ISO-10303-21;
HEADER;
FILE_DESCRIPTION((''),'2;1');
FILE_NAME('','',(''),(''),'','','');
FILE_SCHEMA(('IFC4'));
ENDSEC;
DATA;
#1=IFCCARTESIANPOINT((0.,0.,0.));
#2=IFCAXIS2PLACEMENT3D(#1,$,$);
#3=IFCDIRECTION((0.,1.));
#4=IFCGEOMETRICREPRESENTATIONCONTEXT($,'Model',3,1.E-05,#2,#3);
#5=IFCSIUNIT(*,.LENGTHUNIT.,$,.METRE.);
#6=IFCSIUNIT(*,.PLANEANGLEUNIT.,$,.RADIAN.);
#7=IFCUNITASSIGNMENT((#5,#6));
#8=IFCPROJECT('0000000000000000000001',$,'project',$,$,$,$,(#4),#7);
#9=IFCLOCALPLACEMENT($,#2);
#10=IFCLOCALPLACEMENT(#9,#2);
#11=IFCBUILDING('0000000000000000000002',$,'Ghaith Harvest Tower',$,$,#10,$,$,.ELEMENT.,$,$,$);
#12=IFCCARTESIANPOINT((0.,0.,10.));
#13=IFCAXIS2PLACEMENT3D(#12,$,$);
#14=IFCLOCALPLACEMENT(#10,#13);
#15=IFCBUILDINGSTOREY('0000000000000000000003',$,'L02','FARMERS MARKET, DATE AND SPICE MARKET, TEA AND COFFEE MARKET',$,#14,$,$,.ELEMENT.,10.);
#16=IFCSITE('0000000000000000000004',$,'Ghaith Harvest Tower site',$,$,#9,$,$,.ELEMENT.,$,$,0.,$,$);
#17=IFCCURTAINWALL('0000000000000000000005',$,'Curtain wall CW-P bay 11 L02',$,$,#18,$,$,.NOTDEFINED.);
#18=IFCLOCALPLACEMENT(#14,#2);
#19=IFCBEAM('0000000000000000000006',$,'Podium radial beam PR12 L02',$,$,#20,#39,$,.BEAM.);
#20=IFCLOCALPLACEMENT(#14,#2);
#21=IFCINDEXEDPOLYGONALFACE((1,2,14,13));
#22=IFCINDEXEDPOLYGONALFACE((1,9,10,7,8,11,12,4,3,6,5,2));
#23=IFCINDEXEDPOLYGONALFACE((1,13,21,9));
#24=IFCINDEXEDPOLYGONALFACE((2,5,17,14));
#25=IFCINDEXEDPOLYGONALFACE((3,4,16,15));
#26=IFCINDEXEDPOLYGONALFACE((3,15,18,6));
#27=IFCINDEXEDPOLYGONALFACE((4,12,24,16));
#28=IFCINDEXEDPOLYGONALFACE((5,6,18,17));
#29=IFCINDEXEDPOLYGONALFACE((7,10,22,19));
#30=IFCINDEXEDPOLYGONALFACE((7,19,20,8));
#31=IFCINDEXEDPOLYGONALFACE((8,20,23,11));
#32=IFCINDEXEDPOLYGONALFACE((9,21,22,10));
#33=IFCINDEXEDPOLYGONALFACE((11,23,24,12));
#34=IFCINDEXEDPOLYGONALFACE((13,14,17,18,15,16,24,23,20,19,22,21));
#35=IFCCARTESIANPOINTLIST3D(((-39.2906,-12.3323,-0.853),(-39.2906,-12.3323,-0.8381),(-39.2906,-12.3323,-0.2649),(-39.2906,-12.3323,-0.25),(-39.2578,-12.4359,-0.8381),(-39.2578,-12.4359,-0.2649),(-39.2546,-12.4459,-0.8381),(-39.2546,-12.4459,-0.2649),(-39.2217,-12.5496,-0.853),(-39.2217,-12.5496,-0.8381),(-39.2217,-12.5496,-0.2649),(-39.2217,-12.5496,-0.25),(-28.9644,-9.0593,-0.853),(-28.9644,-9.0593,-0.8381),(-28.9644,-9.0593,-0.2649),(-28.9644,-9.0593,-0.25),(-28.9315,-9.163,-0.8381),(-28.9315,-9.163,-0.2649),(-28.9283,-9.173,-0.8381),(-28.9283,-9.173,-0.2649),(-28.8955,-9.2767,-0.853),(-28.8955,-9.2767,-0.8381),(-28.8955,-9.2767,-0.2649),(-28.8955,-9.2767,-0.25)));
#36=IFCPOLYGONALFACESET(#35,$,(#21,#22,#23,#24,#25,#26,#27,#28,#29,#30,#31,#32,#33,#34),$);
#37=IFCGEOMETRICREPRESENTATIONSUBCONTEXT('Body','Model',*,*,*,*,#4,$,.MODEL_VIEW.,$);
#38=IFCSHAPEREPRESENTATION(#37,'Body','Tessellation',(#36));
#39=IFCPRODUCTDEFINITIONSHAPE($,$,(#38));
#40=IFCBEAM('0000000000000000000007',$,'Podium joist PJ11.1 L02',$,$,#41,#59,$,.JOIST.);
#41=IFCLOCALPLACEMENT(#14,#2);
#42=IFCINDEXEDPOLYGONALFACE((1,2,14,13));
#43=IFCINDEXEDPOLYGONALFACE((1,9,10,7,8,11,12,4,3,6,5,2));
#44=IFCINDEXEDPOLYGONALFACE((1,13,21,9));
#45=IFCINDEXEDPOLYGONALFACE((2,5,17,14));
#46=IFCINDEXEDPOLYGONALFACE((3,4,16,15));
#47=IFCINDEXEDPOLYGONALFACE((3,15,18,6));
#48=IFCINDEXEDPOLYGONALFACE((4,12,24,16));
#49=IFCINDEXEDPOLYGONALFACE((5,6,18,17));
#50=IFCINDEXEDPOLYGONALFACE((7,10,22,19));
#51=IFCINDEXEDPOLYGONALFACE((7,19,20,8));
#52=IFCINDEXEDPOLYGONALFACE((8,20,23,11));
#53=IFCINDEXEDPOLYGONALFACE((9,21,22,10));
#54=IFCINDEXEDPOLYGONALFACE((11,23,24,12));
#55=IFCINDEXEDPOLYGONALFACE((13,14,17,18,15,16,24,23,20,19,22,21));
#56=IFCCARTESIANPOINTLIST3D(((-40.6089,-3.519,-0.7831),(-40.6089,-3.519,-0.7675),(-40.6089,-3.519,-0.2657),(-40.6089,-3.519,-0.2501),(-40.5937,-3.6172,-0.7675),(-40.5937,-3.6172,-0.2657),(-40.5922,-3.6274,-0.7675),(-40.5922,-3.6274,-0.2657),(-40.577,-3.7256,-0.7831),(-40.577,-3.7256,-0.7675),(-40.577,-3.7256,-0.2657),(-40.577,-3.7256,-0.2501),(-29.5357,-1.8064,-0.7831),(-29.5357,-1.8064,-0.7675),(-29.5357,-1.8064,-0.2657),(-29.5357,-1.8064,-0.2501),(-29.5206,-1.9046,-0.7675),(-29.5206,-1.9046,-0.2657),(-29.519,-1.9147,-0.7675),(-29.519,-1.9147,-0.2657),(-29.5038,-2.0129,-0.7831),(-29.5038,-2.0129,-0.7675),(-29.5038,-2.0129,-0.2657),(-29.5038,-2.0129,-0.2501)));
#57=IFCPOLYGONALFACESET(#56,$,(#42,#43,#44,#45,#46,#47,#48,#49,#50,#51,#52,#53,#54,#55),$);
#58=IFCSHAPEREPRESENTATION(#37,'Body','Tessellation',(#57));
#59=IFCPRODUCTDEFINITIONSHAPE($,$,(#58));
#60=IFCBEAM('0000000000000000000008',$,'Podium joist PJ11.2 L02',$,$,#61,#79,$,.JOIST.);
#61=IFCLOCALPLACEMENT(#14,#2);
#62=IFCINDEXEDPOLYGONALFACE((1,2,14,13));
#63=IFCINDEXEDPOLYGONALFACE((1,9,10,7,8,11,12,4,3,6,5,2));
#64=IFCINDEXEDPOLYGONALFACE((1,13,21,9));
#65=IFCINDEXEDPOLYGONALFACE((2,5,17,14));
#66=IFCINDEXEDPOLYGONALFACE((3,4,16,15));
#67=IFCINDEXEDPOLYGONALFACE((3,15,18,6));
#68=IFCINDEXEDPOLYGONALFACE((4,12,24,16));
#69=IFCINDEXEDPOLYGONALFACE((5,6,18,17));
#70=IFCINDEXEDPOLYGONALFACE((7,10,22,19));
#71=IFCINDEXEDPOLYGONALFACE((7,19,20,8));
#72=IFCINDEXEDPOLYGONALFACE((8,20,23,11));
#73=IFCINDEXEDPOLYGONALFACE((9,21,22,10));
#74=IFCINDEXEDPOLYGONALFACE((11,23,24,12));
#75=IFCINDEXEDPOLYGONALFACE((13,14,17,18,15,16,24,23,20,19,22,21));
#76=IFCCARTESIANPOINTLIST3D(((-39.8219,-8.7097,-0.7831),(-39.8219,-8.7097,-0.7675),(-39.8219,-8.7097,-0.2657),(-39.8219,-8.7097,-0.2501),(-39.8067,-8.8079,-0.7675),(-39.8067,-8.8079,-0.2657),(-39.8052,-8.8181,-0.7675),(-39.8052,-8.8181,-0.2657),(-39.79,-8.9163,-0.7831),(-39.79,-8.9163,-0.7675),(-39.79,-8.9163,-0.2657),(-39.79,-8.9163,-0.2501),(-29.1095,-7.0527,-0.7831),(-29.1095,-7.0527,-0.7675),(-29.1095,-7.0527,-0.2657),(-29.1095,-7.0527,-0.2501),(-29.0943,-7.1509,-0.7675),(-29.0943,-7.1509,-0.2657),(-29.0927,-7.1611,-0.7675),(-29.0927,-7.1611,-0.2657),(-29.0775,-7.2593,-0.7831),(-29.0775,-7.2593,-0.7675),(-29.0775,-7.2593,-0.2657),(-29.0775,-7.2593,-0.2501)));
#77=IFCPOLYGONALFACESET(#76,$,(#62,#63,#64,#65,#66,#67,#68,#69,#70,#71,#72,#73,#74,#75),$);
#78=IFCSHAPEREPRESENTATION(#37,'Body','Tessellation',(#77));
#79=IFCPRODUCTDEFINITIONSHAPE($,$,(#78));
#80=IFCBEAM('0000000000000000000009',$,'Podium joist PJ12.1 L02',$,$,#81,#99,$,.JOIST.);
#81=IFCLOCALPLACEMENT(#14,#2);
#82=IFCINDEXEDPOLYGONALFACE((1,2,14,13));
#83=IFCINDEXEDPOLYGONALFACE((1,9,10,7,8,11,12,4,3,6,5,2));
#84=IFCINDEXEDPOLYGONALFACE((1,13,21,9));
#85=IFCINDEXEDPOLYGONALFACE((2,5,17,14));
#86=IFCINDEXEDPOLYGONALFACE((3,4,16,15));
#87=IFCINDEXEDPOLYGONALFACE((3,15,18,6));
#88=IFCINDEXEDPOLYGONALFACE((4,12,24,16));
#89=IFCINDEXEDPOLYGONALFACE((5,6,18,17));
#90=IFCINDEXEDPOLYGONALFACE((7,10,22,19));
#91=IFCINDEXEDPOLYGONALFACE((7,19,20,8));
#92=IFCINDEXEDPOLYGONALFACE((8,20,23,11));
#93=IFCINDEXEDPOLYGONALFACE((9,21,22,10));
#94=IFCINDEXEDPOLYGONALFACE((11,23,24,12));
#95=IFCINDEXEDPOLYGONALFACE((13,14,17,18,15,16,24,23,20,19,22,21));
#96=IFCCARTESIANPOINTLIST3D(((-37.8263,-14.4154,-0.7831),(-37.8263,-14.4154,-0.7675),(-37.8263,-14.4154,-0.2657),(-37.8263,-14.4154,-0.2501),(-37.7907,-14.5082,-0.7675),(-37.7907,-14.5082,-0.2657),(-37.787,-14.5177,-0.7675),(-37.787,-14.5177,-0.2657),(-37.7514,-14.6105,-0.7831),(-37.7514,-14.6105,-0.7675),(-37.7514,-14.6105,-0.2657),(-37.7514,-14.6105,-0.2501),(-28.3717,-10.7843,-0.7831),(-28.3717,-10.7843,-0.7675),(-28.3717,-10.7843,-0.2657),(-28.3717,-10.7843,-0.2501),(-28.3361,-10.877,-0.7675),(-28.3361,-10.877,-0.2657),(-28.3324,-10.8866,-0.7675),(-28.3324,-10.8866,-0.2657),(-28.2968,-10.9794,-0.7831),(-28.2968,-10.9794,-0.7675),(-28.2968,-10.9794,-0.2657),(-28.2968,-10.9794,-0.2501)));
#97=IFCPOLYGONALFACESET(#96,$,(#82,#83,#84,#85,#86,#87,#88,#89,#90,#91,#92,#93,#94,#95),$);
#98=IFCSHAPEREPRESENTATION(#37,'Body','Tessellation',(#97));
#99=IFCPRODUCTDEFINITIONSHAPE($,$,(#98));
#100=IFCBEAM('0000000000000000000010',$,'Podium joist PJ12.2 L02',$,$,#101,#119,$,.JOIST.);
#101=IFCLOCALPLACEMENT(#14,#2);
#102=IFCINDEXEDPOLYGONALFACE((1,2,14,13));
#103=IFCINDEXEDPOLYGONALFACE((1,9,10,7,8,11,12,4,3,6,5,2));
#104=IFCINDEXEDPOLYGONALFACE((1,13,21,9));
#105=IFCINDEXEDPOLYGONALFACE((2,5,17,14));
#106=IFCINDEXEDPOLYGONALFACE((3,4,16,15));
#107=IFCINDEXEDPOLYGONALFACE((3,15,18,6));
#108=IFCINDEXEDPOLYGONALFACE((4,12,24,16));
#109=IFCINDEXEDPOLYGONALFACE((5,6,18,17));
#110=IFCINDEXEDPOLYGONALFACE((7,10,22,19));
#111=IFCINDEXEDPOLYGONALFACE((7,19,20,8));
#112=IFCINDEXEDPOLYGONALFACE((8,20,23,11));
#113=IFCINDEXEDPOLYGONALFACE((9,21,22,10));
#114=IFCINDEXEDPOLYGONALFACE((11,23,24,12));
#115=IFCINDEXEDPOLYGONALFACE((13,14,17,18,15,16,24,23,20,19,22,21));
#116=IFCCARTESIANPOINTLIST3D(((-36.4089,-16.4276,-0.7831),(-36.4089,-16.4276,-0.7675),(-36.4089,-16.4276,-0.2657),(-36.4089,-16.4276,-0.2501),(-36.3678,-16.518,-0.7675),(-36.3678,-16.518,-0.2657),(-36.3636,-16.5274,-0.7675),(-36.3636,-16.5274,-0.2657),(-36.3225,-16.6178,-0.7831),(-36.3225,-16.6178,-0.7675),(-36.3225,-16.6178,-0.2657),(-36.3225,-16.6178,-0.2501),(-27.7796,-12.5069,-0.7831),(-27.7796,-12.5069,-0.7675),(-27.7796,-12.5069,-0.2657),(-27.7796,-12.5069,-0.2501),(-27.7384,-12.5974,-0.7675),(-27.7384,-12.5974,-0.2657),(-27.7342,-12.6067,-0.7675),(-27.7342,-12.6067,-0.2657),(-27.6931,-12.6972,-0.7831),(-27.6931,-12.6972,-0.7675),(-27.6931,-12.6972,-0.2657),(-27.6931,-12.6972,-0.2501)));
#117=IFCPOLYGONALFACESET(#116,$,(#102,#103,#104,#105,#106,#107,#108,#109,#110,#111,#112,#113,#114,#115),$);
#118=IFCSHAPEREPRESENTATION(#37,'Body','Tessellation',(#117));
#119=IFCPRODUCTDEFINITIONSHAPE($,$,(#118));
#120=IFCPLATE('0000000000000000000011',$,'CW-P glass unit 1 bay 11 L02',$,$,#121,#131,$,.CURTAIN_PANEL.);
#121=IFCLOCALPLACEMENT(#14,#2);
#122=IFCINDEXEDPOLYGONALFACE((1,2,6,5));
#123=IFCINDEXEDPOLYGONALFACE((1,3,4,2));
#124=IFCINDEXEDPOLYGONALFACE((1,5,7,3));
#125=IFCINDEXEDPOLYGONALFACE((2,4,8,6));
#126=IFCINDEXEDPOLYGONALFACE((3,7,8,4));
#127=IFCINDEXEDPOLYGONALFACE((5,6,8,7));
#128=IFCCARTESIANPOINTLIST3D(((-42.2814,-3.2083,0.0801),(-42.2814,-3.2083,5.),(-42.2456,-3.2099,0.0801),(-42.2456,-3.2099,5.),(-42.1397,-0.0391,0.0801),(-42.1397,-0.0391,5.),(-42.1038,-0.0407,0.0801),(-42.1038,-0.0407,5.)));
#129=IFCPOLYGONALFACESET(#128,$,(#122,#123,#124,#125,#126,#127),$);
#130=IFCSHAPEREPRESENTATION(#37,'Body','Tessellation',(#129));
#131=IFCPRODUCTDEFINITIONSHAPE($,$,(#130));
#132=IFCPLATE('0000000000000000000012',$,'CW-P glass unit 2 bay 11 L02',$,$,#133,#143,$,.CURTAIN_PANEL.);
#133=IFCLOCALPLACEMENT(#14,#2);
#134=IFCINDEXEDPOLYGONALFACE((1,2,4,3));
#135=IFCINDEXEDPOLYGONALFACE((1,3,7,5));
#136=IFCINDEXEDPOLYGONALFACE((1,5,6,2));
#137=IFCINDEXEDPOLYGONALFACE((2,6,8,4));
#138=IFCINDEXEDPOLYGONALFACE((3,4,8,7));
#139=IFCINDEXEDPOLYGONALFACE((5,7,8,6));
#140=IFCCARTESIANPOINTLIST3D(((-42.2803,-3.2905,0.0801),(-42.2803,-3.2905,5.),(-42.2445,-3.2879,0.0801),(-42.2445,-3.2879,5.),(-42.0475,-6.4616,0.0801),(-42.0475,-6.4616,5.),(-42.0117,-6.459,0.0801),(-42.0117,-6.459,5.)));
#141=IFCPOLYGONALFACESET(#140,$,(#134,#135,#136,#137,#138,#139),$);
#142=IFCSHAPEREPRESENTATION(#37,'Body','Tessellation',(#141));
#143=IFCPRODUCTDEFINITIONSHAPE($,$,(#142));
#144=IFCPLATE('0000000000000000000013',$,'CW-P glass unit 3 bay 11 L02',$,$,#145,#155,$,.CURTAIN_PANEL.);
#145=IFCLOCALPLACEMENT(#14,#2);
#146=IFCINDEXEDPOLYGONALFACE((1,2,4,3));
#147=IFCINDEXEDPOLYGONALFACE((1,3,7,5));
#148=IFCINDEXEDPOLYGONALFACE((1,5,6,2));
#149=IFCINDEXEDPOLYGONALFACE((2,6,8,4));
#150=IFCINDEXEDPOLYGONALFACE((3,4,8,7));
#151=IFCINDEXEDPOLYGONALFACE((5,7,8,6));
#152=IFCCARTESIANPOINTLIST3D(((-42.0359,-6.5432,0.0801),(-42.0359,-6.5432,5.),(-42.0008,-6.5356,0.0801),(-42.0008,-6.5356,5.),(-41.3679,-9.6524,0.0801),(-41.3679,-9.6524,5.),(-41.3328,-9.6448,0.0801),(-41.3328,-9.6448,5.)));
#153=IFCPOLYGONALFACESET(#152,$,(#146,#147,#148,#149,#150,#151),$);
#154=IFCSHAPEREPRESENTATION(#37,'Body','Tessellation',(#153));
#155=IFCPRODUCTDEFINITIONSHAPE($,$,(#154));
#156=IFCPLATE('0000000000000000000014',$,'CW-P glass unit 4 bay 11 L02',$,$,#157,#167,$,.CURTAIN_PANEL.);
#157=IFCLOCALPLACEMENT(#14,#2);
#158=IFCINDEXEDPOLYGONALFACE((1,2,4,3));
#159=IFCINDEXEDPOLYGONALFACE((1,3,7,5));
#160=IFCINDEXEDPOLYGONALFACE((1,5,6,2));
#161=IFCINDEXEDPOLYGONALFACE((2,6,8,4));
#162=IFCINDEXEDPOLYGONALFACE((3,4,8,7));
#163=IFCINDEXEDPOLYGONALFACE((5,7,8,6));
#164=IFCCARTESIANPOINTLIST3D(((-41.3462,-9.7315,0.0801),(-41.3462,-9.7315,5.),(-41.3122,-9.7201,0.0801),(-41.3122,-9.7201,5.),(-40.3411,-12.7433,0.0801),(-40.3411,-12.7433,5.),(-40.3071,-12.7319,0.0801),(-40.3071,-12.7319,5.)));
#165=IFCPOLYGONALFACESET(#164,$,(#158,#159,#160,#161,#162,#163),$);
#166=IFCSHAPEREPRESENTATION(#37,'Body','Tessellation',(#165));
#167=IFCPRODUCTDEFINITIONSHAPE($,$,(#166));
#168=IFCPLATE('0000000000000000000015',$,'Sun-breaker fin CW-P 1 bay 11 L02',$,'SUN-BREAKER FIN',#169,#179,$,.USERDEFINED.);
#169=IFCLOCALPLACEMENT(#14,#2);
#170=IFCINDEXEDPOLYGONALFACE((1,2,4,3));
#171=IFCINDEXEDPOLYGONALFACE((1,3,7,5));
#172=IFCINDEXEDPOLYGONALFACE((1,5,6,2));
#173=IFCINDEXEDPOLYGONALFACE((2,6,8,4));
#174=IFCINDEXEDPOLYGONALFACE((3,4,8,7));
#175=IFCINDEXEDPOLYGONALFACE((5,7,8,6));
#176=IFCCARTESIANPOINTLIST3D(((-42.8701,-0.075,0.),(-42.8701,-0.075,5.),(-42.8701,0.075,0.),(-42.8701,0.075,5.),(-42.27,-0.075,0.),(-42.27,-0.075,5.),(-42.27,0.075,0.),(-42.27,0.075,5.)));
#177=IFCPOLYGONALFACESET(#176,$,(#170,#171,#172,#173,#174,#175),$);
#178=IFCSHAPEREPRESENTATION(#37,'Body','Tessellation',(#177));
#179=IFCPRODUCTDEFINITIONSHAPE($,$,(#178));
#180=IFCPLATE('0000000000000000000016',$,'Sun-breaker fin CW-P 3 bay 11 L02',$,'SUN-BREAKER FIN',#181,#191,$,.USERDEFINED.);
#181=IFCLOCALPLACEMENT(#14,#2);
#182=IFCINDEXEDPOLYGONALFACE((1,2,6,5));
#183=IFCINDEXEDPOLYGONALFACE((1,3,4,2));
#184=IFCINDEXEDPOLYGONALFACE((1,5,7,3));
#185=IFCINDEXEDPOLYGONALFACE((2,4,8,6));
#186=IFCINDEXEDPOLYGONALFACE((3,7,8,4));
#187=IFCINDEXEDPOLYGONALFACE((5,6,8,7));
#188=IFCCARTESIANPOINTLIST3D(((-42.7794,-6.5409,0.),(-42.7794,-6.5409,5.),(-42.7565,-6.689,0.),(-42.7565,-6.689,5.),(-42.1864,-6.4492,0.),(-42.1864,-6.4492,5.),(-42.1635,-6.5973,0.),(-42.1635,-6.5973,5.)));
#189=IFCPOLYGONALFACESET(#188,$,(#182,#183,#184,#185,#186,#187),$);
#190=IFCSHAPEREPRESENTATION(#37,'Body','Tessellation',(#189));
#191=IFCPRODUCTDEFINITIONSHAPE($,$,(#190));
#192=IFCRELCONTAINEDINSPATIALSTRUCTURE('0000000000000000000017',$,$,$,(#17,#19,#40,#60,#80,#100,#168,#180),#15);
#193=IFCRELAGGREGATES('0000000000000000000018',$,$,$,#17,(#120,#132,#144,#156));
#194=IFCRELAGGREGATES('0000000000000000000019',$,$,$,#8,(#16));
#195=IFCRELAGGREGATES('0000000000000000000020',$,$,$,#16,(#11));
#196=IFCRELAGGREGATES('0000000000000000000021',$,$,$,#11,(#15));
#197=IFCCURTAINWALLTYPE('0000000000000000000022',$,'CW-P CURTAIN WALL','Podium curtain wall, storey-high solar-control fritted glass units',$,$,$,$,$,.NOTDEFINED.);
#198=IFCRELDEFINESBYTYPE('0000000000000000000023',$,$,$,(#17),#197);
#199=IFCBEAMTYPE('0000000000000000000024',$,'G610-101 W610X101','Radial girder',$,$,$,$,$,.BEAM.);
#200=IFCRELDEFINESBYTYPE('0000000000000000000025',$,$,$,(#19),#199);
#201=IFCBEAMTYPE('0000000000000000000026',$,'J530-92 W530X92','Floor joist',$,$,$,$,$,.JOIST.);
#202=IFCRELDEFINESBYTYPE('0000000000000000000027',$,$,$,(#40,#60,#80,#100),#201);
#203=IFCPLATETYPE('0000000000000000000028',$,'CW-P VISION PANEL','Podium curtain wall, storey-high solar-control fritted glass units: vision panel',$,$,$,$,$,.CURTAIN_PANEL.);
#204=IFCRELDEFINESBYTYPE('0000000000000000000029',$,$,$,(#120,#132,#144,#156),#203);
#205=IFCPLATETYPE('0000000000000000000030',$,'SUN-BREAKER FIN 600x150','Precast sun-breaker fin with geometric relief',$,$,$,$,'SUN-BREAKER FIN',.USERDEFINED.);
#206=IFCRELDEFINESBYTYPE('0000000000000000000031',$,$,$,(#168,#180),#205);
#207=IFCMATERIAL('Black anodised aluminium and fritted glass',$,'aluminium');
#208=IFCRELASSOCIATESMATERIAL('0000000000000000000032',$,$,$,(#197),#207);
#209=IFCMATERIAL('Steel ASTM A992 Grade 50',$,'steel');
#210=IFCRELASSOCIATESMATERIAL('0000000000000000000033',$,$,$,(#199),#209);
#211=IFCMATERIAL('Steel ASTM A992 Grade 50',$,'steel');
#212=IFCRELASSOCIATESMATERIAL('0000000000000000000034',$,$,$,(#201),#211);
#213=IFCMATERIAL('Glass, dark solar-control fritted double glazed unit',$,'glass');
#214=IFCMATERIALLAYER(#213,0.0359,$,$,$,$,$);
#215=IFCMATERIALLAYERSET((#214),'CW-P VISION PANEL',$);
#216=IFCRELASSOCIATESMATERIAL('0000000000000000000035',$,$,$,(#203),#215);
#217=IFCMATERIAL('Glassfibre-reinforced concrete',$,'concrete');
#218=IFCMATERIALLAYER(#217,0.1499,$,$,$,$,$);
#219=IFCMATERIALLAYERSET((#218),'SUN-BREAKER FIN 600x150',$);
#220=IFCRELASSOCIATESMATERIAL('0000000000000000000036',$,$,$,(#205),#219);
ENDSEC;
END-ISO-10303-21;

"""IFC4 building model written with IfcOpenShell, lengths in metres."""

from ifc_helpers import new_model, si_unit, direction, frame, origin, origin_2d, place, context, subcontext, project, spatial, rectangle, i_section, extrude, material, layer, layer_set, material_profile, profile_set, type_object, element, aggregate, save


model = new_model("IFC4")

# Units and contexts
model_context = context("Model", 3, precision=1e-05, world=origin(), true_north=direction((0.0, 1.0)))
body_context = subcontext(model_context, "Body", "Model", "MODEL_VIEW")
ifc_project = project(units=[si_unit("LENGTHUNIT", "METRE"), si_unit("PLANEANGLEUNIT", "RADIAN")], contexts=[model_context])

# Site, building, storey
site_placement = place(None, origin())
site = spatial("IfcSite", under=ifc_project, at=site_placement, Name="Ghaith Harvest Tower site", CompositionType="ELEMENT", RefElevation=0.0)
building_placement = place(site_placement, origin())
building = spatial("IfcBuilding", under=site, at=building_placement, Name="Ghaith Harvest Tower", CompositionType="ELEMENT")
storey_placement = place(building_placement, frame((0.0, 0.0, 10.0)))
storey = spatial("IfcBuildingStorey", under=building, at=storey_placement, Name="L02", Description="FARMERS MARKET, DATE AND SPICE MARKET, TEA AND COFFEE MARKET", CompositionType="ELEMENT", Elevation=10.0)

# Curtain wall
ifc_material_1 = material(Name="Black anodised aluminium and fritted glass", Category="aluminium")
curtain_wall_type = type_object("IfcCurtainWallType", Name="CW-P CURTAIN WALL", Description="Podium curtain wall, storey-high solar-control fritted glass units", PredefinedType="NOTDEFINED", material=ifc_material_1)
curtain_wall_1_placement = place(storey_placement, origin())
curtain_wall_1 = element("IfcCurtainWall", 1, at=curtain_wall_1_placement, inside=storey, type_object=curtain_wall_type, Name="Curtain wall CW-P bay 11 L02", PredefinedType="NOTDEFINED")

# Beams
ifc_material_2 = material(Name="Steel ASTM A992 Grade 50", Category="steel")
ifc_material_profile_1 = material_profile(ifc_material_2, i_section(OverallWidth=0.228, OverallDepth=0.603, WebThickness=0.0105, FlangeThickness=0.0149, at=origin_2d()), Name="W610X101")
ifc_profile_set_1 = profile_set([ifc_material_profile_1], Name="Steel ASTM A992 Grade 50")
beam_type_1 = type_object("IfcBeamType", Name="G610-101 W610X101", Description="Radial girder", PredefinedType="BEAM", material=ifc_profile_set_1)
beam_1_placement = place(storey_placement, frame((-28.9299, -9.168, -0.5515), z_axis=(-0.953263, -0.302143, 0.0), x_axis=(0.302143, -0.953263, 0.0)))
element("IfcBeam", 2, at=beam_1_placement, inside=storey, type_object=beam_type_1, Name="Podium radial beam PR12 L02", PredefinedType="BEAM", context=body_context, shape_type="SweptSolid", body=[
    extrude(i_section(OverallWidth=0.228, OverallDepth=0.603, WebThickness=0.0105, FlangeThickness=0.0149, at=origin_2d()), origin(), (0.0, 0.0, 1.0), 10.8325),
])
ifc_material_3 = material(Name="Steel ASTM A992 Grade 50", Category="steel")
ifc_material_profile_2 = material_profile(ifc_material_3, i_section(OverallWidth=0.209, OverallDepth=0.533, WebThickness=0.0103, FlangeThickness=0.0156, at=origin_2d()), Name="W530X92")
ifc_profile_set_2 = profile_set([ifc_material_profile_2], Name="Steel ASTM A992 Grade 50")
beam_type_2 = type_object("IfcBeamType", Name="J530-92 W530X92", Description="Floor joist", PredefinedType="JOIST", material=ifc_profile_set_2)
beam_2_placement = place(storey_placement, frame((-29.5198, -1.9097, -0.5166), z_axis=(-0.98825, -0.152848, 0.0), x_axis=(0.152848, -0.98825, 0.0)))
element("IfcBeam", 3, at=beam_2_placement, inside=storey, type_object=beam_type_2, Name="Podium joist PJ11.1 L02", PredefinedType="JOIST", context=body_context, shape_type="SweptSolid", body=[
    extrude(i_section(OverallWidth=0.209, OverallDepth=0.533, WebThickness=0.0103, FlangeThickness=0.0156, at=origin_2d()), origin(), (0.0, 0.0, 1.0), 11.2048),
])
beam_3_placement = place(storey_placement, frame((-29.0935, -7.156, -0.5166), z_axis=(-0.988248, -0.152861, 0.0), x_axis=(0.152861, -0.988248, 0.0)))
element("IfcBeam", 4, at=beam_3_placement, inside=storey, type_object=beam_type_2, Name="Podium joist PJ11.2 L02", PredefinedType="JOIST", context=body_context, shape_type="SweptSolid", body=[
    extrude(i_section(OverallWidth=0.209, OverallDepth=0.533, WebThickness=0.0103, FlangeThickness=0.0156, at=origin_2d()), origin(), (0.0, 0.0, 1.0), 10.8398),
])
beam_4_placement = place(storey_placement, frame((-28.3342, -10.8818, -0.5166), z_axis=(-0.93352, -0.358525, 0.0), x_axis=(0.358525, -0.93352, 0.0)))
element("IfcBeam", 5, at=beam_4_placement, inside=storey, type_object=beam_type_2, Name="Podium joist PJ12.1 L02", PredefinedType="JOIST", context=body_context, shape_type="SweptSolid", body=[
    extrude(i_section(OverallWidth=0.209, OverallDepth=0.533, WebThickness=0.0103, FlangeThickness=0.0156, at=origin_2d()), origin(), (0.0, 0.0, 1.0), 10.1279),
])
beam_5_placement = place(storey_placement, frame((-27.7363, -12.6021, -0.5166), z_axis=(-0.910438, -0.413646, 0.0), x_axis=(0.413646, -0.910438, 0.0)))
element("IfcBeam", 6, at=beam_5_placement, inside=storey, type_object=beam_type_2, Name="Podium joist PJ12.2 L02", PredefinedType="JOIST", context=body_context, shape_type="SweptSolid", body=[
    extrude(i_section(OverallWidth=0.209, OverallDepth=0.533, WebThickness=0.0103, FlangeThickness=0.0156, at=origin_2d()), origin(), (0.0, 0.0, 1.0), 9.4783),
])

# Plates
ifc_material_4 = material(Name="Glass, dark solar-control fritted double glazed unit", Category="glass")
ifc_layer_1 = layer(ifc_material_4, 0.0359)
ifc_layer_set_1 = layer_set([ifc_layer_1], Name="CW-P VISION PANEL")
plate_type_1 = type_object("IfcPlateType", Name="CW-P VISION PANEL", Description="Podium curtain wall, storey-high solar-control fritted glass units: vision panel", PredefinedType="CURTAIN_PANEL", material=ifc_layer_set_1)
plate_1_placement = place(storey_placement, frame((-42.1926, -1.6245, 0.0801), z_axis=(0.0, 0.0, 1.0), x_axis=(-0.044678, -0.999001, 0.0)))
plate_1 = element("IfcPlate", 7, at=plate_1_placement, type_object=plate_type_1, Name="CW-P glass unit 1 bay 11 L02", PredefinedType="CURTAIN_PANEL", context=body_context, shape_type="SweptSolid", body=[
    extrude(rectangle(XDim=3.1724, YDim=0.0359, at=origin_2d()), origin(), (0.0, 0.0, 1.0), 4.9199),
])
plate_2_placement = place(storey_placement, frame((-42.146, -4.8748, 0.0801), z_axis=(0.0, 0.0, 1.0), x_axis=(0.07319, -0.997318, 0.0)))
plate_2 = element("IfcPlate", 8, at=plate_2_placement, type_object=plate_type_1, Name="CW-P glass unit 2 bay 11 L02", PredefinedType="CURTAIN_PANEL", context=body_context, shape_type="SweptSolid", body=[
    extrude(rectangle(XDim=3.1797, YDim=0.0359, at=origin_2d()), origin(), (0.0, 0.0, 1.0), 4.9199),
])
plate_3_placement = place(storey_placement, frame((-41.6843, -8.094, 0.0801), z_axis=(0.0, 0.0, 1.0), x_axis=(0.210054, -0.97769, 0.0)))
plate_3 = element("IfcPlate", 9, at=plate_3_placement, type_object=plate_type_1, Name="CW-P glass unit 3 bay 11 L02", PredefinedType="CURTAIN_PANEL", context=body_context, shape_type="SweptSolid", body=[
    extrude(rectangle(XDim=3.1802, YDim=0.0359, at=origin_2d()), origin(), (0.0, 0.0, 1.0), 4.9199),
])
plate_4_placement = place(storey_placement, frame((-40.8267, -11.2317, 0.0801), z_axis=(0.0, 0.0, 1.0), x_axis=(0.316559, -0.948573, 0.0)))
plate_4 = element("IfcPlate", 10, at=plate_4_placement, type_object=plate_type_1, Name="CW-P glass unit 4 bay 11 L02", PredefinedType="CURTAIN_PANEL", context=body_context, shape_type="SweptSolid", body=[
    extrude(rectangle(XDim=3.175, YDim=0.0359, at=origin_2d()), origin(), (0.0, 0.0, 1.0), 4.9199),
])
aggregate(curtain_wall_1, [plate_1, plate_2, plate_3, plate_4])

# Plates
ifc_material_5 = material(Name="Glassfibre-reinforced concrete", Category="concrete")
ifc_layer_2 = layer(ifc_material_5, 0.1499)
ifc_layer_set_2 = layer_set([ifc_layer_2], Name="SUN-BREAKER FIN 600x150")
plate_type_2 = type_object("IfcPlateType", Name="SUN-BREAKER FIN 600x150", Description="Precast sun-breaker fin with geometric relief", ElementType="SUN-BREAKER FIN", PredefinedType="USERDEFINED", material=ifc_layer_set_2)
for number, where, z_axis, x_axis, name in (
    (11, (-42.5701, 0.0, 0.0), (0.0, 0.0, 1.0), (-1.0, 0.0, 0.0), "Sun-breaker fin CW-P 1 bay 11 L02"),
    (12, (-42.4714, -6.5691, 0.0), (0.0, 0.0, 1.0), (-0.988249, -0.152851, 0.0), "Sun-breaker fin CW-P 3 bay 11 L02"),
):
    element("IfcPlate", number, at=place(storey_placement, frame(where, z_axis=z_axis, x_axis=x_axis)), inside=storey, type_object=plate_type_2, Name=name, ObjectType="SUN-BREAKER FIN", PredefinedType="USERDEFINED", context=body_context, shape_type="SweptSolid", body=[
        extrude(rectangle(XDim=0.6001, YDim=0.1499, at=origin_2d()), origin(), (0.0, 0.0, 1.0), 5.0),
    ])

save(model, "model.ifc")
